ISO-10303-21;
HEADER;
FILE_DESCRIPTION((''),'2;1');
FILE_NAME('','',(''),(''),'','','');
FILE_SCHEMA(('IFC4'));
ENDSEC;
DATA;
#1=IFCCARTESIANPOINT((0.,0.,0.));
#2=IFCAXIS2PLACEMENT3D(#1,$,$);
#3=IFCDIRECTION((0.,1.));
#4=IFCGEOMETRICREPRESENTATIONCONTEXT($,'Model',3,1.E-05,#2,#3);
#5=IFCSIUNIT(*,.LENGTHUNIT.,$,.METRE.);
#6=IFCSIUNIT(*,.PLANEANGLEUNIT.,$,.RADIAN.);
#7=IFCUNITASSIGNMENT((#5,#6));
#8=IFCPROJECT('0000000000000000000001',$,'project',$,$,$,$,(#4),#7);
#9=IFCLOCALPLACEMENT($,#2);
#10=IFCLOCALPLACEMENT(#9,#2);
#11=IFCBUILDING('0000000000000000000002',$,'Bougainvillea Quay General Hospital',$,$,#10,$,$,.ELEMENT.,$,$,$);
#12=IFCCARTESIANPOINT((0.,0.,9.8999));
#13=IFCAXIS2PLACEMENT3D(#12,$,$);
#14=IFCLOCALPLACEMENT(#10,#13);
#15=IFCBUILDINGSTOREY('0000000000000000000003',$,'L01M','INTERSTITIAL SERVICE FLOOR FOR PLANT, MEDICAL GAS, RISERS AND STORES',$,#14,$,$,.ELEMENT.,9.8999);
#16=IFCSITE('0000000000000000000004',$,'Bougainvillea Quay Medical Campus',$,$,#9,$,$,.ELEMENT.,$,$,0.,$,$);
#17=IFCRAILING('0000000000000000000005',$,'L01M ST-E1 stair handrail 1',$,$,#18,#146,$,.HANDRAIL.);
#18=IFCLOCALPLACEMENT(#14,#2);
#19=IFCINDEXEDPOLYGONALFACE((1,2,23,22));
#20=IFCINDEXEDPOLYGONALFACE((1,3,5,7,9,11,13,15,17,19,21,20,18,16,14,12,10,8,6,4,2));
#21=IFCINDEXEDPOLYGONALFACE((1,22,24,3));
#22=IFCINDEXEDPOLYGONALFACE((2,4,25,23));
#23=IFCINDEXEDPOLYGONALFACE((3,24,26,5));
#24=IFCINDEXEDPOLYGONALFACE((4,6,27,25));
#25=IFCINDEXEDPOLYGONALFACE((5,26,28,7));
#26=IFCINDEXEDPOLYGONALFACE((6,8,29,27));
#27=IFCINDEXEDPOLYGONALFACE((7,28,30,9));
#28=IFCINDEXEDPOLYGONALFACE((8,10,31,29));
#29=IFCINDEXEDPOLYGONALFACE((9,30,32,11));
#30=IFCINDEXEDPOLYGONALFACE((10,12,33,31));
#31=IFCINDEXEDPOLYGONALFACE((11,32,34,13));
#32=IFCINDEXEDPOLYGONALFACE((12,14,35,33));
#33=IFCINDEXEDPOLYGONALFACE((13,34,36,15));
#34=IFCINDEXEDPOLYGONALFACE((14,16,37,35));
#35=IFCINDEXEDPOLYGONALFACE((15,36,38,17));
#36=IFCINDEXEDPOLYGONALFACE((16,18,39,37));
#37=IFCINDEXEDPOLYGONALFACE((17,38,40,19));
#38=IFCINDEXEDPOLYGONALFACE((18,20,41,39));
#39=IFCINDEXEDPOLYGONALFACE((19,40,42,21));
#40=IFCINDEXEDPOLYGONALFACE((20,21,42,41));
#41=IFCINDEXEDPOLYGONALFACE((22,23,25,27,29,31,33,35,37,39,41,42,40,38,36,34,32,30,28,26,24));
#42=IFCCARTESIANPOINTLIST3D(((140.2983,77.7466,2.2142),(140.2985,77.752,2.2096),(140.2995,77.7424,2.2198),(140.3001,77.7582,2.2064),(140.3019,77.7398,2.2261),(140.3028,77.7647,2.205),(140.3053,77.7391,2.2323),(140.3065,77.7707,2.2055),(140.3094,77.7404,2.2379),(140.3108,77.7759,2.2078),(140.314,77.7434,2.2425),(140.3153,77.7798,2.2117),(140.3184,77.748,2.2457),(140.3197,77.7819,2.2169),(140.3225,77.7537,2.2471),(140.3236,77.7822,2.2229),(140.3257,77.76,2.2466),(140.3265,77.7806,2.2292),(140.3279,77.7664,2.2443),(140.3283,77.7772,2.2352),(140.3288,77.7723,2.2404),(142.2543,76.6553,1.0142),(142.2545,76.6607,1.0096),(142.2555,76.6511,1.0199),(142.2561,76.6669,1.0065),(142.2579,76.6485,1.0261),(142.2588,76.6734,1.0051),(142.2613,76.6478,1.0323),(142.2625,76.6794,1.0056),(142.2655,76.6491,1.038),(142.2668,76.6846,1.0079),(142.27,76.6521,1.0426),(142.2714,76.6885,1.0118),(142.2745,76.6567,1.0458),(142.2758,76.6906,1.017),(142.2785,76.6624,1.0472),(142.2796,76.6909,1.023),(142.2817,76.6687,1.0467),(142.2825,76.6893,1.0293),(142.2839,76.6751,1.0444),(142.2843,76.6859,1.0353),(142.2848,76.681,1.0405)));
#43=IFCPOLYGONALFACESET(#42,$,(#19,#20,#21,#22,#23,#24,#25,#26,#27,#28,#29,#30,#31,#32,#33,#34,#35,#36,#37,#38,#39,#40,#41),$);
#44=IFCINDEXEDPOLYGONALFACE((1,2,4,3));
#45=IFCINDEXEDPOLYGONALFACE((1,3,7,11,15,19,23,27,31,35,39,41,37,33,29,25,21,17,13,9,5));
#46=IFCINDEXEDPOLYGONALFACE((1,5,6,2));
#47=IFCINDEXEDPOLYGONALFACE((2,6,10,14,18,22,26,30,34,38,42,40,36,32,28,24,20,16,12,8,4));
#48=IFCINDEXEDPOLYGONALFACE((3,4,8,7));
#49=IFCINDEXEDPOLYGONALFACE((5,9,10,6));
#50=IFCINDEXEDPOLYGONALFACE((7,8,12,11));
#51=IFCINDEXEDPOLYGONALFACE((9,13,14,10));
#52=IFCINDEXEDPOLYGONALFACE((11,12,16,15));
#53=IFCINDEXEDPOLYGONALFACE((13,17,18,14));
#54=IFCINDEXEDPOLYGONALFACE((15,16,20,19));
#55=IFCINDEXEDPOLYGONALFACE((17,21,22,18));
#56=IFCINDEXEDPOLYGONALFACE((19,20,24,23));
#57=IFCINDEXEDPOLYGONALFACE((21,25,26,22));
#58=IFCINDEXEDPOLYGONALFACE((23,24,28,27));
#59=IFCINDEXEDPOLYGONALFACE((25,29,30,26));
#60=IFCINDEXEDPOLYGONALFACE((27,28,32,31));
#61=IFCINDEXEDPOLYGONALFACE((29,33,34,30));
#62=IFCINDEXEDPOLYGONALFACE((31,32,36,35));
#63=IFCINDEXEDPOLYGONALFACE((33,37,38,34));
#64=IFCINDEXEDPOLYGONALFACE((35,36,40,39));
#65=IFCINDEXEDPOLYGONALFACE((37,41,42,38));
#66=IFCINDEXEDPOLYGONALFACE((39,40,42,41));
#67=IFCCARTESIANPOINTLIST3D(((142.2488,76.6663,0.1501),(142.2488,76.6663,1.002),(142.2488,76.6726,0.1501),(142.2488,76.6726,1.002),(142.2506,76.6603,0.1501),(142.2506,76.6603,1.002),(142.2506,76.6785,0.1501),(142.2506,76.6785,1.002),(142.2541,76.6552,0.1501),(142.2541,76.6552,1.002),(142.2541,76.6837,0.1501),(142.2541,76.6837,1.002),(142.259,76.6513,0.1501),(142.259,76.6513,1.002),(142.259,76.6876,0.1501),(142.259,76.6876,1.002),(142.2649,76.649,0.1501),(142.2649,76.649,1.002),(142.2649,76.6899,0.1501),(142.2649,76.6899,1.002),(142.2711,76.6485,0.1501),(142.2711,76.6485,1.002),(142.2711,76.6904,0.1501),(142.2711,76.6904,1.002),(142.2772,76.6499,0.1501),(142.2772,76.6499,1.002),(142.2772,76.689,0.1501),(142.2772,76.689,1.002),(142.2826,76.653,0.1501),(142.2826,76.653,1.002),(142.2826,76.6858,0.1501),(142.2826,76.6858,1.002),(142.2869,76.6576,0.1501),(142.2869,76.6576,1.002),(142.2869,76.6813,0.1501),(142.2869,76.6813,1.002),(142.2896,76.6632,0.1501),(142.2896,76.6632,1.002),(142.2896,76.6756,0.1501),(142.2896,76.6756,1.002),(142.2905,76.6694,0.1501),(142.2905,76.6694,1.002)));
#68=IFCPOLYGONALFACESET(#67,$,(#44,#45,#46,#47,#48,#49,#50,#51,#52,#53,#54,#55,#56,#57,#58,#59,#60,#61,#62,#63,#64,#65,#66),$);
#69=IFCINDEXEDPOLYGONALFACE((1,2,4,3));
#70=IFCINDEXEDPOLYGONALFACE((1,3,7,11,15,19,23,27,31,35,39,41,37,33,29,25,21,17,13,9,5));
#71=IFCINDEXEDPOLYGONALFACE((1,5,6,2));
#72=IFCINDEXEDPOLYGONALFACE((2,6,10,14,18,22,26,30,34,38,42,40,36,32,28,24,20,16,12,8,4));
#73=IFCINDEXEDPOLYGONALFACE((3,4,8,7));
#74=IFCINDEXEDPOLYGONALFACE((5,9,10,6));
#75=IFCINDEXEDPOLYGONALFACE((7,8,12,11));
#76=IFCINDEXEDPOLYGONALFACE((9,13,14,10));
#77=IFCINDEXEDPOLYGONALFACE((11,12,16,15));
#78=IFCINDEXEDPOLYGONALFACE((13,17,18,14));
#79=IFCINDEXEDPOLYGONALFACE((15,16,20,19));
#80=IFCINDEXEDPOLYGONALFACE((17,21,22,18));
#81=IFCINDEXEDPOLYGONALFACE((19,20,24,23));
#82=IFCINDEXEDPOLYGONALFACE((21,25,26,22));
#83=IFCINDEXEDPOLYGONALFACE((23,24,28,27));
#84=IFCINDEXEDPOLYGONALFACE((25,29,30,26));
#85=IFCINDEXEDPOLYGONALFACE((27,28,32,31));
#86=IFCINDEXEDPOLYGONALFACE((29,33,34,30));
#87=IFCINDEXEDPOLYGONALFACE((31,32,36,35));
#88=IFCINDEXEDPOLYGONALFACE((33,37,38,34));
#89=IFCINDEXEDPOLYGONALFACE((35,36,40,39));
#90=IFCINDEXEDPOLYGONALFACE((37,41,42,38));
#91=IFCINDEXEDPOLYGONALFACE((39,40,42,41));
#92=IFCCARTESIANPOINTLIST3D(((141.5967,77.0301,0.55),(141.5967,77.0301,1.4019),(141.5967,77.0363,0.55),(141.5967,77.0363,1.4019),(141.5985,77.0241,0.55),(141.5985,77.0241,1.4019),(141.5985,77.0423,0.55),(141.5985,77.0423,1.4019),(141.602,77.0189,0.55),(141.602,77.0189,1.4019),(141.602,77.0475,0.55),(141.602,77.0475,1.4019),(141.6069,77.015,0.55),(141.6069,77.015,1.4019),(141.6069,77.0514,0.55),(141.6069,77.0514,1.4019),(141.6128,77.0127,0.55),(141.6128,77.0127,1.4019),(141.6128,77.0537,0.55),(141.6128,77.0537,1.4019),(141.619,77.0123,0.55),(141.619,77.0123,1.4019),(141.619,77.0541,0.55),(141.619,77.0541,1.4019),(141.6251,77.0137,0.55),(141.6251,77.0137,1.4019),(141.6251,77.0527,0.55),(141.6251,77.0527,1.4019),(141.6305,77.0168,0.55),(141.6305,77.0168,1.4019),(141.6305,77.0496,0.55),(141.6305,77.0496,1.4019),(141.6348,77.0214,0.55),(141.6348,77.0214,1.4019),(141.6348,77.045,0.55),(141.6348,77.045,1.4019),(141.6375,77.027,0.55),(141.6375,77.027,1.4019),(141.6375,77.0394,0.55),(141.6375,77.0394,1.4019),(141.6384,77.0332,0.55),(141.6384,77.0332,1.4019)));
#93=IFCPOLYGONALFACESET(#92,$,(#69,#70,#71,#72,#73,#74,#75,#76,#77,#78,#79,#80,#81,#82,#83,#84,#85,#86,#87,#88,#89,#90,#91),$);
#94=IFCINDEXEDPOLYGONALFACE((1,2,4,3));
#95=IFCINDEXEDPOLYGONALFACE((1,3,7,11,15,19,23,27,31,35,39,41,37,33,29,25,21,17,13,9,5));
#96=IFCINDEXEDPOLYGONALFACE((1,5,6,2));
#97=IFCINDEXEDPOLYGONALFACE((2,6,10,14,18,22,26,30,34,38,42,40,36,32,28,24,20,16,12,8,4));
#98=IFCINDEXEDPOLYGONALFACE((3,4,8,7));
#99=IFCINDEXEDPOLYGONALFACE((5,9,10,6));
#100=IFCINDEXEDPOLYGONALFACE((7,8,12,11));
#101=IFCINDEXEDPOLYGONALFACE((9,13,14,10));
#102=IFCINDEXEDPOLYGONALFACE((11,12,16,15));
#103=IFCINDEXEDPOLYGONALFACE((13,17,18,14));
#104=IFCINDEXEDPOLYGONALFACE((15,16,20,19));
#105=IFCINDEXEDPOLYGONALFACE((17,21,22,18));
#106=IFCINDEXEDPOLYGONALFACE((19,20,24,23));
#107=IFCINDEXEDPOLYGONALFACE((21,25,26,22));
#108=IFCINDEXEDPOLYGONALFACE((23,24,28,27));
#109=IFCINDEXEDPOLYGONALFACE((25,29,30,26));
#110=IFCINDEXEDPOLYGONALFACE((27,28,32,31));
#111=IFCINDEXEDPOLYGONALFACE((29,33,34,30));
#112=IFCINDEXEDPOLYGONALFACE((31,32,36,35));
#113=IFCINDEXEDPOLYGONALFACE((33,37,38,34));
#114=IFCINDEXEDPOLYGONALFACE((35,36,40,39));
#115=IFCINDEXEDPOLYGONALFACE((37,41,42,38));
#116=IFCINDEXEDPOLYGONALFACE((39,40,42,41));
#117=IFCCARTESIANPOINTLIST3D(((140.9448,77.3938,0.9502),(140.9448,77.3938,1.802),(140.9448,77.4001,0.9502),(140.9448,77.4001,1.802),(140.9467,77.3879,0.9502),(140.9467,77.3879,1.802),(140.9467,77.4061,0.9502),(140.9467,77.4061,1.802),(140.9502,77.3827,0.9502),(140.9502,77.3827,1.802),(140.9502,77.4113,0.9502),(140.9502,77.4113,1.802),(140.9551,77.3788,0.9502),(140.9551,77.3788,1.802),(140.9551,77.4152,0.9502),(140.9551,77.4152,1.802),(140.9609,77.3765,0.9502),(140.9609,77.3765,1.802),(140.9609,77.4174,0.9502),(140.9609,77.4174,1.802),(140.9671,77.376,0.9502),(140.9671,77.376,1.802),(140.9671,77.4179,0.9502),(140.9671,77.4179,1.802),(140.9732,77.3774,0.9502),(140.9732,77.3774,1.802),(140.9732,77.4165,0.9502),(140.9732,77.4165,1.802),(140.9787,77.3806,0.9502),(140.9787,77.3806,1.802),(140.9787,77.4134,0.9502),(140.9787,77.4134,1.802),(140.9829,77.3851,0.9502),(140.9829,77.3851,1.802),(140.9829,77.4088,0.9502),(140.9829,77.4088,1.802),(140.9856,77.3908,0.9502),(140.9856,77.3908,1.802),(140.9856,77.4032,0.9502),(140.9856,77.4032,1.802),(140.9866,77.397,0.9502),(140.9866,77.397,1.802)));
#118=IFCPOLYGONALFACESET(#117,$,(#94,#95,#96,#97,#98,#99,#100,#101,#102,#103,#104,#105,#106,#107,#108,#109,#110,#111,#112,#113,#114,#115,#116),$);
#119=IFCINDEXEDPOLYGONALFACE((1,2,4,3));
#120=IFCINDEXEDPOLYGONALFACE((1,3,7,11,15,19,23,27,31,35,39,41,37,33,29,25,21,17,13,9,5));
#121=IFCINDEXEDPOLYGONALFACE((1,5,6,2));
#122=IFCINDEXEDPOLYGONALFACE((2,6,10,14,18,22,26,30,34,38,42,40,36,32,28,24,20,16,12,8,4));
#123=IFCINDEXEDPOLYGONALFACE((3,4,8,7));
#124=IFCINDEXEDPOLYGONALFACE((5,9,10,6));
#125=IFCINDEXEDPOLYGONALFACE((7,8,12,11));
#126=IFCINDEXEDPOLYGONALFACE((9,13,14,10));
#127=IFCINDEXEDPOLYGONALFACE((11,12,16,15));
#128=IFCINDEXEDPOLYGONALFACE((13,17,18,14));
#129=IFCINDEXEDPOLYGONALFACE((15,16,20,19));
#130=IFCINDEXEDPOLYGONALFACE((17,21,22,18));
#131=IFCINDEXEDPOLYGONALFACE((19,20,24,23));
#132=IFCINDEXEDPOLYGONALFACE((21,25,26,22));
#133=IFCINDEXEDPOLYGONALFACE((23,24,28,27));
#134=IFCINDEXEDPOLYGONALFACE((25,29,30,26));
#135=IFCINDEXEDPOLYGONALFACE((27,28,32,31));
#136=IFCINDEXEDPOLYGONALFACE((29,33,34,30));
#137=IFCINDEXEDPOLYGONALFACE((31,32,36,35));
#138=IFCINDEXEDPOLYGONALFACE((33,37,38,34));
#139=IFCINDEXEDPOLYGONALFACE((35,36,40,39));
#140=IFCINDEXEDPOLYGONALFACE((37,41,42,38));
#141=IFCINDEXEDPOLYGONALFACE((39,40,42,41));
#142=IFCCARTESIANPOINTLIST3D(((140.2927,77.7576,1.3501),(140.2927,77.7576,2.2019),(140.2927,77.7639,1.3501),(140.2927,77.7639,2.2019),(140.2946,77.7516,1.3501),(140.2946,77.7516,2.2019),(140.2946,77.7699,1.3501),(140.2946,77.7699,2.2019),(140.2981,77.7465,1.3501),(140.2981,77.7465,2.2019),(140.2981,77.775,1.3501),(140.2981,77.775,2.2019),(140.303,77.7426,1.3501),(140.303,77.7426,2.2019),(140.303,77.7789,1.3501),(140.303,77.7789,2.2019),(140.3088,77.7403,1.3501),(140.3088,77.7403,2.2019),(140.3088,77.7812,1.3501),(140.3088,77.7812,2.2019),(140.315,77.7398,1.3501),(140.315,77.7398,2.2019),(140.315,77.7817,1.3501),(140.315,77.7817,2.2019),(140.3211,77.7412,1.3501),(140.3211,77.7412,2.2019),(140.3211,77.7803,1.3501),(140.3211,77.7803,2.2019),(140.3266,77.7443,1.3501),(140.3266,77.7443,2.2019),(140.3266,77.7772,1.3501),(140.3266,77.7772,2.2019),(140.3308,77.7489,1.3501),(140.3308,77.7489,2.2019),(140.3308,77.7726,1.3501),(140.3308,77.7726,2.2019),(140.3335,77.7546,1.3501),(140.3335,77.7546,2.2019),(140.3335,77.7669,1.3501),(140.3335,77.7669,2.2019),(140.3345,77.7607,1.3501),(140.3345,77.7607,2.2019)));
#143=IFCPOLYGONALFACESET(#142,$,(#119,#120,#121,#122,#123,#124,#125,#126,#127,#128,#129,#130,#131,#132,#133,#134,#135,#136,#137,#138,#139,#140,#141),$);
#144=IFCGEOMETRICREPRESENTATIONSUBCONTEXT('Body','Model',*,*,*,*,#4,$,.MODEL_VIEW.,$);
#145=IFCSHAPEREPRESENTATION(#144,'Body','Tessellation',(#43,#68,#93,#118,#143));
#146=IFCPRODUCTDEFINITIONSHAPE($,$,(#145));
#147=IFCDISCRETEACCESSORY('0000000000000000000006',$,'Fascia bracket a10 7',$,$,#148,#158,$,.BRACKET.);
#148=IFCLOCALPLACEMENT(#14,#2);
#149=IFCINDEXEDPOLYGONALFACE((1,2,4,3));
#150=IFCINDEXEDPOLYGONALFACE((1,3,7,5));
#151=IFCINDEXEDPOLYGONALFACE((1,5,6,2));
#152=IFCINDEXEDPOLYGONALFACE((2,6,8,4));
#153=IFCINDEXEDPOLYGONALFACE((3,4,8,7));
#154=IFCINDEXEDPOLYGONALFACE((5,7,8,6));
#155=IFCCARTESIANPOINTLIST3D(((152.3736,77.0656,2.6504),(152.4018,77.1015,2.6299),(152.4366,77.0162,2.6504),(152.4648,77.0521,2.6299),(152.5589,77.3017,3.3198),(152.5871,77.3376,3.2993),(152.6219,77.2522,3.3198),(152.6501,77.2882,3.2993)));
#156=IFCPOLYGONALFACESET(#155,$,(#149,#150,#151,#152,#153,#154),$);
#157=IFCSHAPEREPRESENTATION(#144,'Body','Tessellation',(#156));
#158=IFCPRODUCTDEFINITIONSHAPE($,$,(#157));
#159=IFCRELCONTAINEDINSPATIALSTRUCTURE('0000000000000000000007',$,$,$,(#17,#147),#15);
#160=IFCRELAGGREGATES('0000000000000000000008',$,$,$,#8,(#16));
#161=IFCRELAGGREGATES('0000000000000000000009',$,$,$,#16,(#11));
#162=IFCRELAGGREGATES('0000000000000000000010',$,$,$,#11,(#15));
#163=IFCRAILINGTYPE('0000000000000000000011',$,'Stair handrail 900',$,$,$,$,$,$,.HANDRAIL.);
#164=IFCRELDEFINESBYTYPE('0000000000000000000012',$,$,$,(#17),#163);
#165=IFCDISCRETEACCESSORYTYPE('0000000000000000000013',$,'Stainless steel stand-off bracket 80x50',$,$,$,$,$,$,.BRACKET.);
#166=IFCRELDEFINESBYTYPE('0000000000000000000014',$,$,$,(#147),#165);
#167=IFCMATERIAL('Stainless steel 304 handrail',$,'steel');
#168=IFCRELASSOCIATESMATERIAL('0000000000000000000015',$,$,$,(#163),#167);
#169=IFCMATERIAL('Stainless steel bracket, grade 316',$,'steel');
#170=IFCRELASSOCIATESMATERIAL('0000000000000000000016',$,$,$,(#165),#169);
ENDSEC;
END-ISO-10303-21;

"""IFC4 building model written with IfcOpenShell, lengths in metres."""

from ifc_helpers import new_model, si_unit, direction, frame, origin, origin_2d, place, context, subcontext, project, spatial, rectangle, circle, extrude, material, material_profile, profile_set, type_object, element, save


model = new_model("IFC4")

# Units and contexts
model_context = context("Model", 3, precision=1e-05, world=origin(), true_north=direction((0.0, 1.0)))
body_context = subcontext(model_context, "Body", "Model", "MODEL_VIEW")
ifc_project = project(units=[si_unit("LENGTHUNIT", "METRE"), si_unit("PLANEANGLEUNIT", "RADIAN")], contexts=[model_context])

# Site, building, storey
site_placement = place(None, origin())
site = spatial("IfcSite", under=ifc_project, at=site_placement, Name="Bougainvillea Quay Medical Campus", CompositionType="ELEMENT", RefElevation=0.0)
building_placement = place(site_placement, origin())
building = spatial("IfcBuilding", under=site, at=building_placement, Name="Bougainvillea Quay General Hospital", CompositionType="ELEMENT")
storey_placement = place(building_placement, frame((0.0, 0.0, 9.8999)))
storey = spatial("IfcBuildingStorey", under=building, at=storey_placement, Name="L01M", Description="INTERSTITIAL SERVICE FLOOR FOR PLANT, MEDICAL GAS, RISERS AND STORES", CompositionType="ELEMENT", Elevation=9.8999)

# Railing
ifc_material_1 = material(Name="Stainless steel 304 handrail", Category="steel")
railing_type_1 = type_object("IfcRailingType", Name="Stair handrail 900", PredefinedType="HANDRAIL", material=ifc_material_1)
railing_1_placement = place(storey_placement, frame((142.2695, 76.6694, 0.1501)))
element("IfcRailing", 1, at=railing_1_placement, inside=storey, type_object=railing_type_1, Name="L01M ST-E1 stair handrail 1", PredefinedType="HANDRAIL", context=body_context, shape_type="SweptSolid", body=[
    extrude(circle(Radius=0.0239, at=origin_2d()), frame((0.0, 0.0, 0.876), z_axis=(-0.769779, 0.42947, 0.472225), x_axis=(-0.487215, -0.873282, 0.0)), (0.0, 0.0, 1.0), 2.541),
    extrude(circle(Radius=0.021, at=origin_2d()), origin(), (0.0, 0.0, 1.0), 0.8518),
    extrude(circle(Radius=0.021, at=origin_2d()), frame((-0.6521, 0.3638, 0.3999)), (0.0, 0.0, 1.0), 0.8518),
    extrude(circle(Radius=0.021, at=origin_2d()), frame((-1.304, 0.7275, 0.8)), (0.0, 0.0, 1.0), 0.8518),
    extrude(circle(Radius=0.021, at=origin_2d()), frame((-1.9561, 1.0913, 1.2)), (0.0, 0.0, 1.0), 0.8518),
])

# Discrete accessory
ifc_material_2 = material(Name="Stainless steel bracket, grade 316", Category="steel")
ifc_material_profile_1 = material_profile(ifc_material_2, rectangle(XDim=0.0801, YDim=0.05, at=origin_2d()))
ifc_profile_set_1 = profile_set([ifc_material_profile_1], Name="Stainless steel bracket, grade 316")
discrete_accessory_type = type_object("IfcDiscreteAccessoryType", Name="Stainless steel stand-off bracket 80x50", PredefinedType="BRACKET", material=ifc_profile_set_1)
discrete_accessory_placement = place(storey_placement, frame((152.4192, 77.0588, 2.6401), z_axis=(0.252583, 0.321802, 0.912494), x_axis=(-0.786629, 0.617426, 0.0)))
element("IfcDiscreteAccessory", 2, at=discrete_accessory_placement, inside=storey, type_object=discrete_accessory_type, Name="Fascia bracket a10 7", PredefinedType="BRACKET", context=body_context, shape_type="SweptSolid", body=[
    extrude(rectangle(XDim=0.0801, YDim=0.05, at=origin_2d()), origin(), (0.0, 0.0, 1.0), 0.7336),
])

save(model, "model.ifc")
